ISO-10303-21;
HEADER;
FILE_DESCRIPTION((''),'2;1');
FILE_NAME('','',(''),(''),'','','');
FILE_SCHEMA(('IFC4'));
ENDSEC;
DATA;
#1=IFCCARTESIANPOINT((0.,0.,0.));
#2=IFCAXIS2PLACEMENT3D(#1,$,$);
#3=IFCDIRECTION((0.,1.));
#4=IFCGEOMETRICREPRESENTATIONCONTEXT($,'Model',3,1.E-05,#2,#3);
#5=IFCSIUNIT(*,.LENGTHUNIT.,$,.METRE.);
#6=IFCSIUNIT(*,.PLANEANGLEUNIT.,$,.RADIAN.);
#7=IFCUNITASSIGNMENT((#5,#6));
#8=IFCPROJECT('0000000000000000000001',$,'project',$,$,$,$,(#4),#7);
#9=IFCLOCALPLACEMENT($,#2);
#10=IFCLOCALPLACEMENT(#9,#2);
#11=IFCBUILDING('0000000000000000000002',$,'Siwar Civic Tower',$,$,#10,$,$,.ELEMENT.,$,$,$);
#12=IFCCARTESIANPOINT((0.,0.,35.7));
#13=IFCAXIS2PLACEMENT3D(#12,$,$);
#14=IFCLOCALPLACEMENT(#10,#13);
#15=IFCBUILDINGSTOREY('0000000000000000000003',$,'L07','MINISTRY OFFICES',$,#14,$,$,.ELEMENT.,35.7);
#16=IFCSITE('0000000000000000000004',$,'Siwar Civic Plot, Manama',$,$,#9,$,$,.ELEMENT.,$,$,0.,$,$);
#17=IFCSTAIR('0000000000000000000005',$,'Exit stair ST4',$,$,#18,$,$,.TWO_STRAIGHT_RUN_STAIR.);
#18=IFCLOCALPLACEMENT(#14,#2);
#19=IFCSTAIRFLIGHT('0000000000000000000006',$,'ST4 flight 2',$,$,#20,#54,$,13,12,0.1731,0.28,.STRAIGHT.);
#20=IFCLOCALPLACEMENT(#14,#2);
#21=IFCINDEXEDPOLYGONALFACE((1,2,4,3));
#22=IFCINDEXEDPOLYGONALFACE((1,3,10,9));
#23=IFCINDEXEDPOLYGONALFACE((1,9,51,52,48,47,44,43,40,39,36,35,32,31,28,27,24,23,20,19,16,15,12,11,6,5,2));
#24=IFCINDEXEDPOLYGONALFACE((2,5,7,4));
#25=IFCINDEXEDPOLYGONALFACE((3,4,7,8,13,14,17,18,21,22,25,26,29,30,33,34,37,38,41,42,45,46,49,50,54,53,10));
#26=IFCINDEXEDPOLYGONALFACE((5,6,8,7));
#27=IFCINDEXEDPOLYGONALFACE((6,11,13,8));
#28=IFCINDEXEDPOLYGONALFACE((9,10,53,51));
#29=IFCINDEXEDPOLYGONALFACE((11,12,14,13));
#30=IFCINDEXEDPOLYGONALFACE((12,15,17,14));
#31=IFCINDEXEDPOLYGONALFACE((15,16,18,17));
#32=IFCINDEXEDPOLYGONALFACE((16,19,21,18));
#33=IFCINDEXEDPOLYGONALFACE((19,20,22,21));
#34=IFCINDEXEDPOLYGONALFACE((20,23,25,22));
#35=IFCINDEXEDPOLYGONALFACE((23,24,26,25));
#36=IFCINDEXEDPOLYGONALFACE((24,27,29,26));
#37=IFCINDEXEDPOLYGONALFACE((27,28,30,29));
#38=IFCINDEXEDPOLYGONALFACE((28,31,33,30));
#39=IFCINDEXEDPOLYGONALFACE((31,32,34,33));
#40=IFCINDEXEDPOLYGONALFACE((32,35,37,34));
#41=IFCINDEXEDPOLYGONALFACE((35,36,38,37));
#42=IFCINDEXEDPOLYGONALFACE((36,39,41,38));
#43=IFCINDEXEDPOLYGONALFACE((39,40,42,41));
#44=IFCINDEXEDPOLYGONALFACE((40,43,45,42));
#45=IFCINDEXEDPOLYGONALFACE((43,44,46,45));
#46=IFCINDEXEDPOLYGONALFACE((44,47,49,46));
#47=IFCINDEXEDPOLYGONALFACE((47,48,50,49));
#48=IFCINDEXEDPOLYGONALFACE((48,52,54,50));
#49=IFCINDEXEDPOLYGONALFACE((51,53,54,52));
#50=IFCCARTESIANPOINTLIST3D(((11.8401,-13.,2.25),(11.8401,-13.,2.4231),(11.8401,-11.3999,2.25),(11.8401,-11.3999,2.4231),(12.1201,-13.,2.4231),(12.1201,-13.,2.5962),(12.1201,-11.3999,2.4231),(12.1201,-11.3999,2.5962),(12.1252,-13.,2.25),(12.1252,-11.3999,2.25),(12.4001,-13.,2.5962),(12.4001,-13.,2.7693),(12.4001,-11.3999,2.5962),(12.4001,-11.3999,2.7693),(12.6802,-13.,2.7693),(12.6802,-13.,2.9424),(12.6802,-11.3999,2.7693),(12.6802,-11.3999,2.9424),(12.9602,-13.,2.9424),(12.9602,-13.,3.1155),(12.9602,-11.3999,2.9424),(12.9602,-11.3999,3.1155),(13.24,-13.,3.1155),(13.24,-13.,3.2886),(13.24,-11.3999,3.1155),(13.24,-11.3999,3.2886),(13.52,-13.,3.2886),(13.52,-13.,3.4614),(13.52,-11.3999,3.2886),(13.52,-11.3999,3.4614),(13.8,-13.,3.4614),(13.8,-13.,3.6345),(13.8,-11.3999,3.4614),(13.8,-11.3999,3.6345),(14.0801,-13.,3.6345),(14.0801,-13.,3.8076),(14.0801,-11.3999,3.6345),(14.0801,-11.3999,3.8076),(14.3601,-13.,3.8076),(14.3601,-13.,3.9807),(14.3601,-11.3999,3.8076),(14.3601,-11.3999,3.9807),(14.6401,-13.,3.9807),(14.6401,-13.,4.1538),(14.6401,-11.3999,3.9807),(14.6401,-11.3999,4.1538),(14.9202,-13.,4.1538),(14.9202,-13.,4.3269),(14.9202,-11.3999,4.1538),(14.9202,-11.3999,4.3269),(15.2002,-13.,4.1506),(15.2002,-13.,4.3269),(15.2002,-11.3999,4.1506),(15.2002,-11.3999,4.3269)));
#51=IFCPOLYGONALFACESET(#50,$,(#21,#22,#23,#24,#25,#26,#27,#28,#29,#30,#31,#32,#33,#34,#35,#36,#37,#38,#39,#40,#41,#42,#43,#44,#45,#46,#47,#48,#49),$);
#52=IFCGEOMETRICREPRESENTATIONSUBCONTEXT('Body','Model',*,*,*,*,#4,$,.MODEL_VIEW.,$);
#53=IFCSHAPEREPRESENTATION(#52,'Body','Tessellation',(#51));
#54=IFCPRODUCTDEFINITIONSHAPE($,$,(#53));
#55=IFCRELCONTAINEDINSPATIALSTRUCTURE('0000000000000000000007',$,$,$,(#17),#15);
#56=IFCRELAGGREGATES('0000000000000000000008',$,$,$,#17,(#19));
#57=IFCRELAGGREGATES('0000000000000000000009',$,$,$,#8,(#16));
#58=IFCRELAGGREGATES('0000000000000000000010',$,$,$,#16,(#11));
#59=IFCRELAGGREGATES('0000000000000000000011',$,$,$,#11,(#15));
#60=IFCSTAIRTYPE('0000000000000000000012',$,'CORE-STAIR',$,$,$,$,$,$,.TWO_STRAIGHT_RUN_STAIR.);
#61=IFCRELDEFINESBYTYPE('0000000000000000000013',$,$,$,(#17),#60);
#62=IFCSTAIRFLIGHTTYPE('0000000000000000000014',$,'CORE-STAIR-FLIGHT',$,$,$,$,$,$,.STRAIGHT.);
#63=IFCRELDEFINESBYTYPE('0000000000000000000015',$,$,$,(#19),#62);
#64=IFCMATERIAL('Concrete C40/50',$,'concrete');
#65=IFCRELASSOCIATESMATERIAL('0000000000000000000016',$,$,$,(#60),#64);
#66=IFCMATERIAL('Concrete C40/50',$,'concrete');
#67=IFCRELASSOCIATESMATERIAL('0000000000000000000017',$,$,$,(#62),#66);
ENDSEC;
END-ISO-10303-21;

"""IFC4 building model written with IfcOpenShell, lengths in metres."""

from ifc_helpers import new_model, si_unit, direction, frame, origin, place, context, subcontext, project, spatial, polyline, outline, extrude, material, type_object, element, aggregate, save


model = new_model("IFC4")

# Units and contexts
model_context = context("Model", 3, precision=1e-05, world=origin(), true_north=direction((0.0, 1.0)))
body_context = subcontext(model_context, "Body", "Model", "MODEL_VIEW")
ifc_project = project(units=[si_unit("LENGTHUNIT", "METRE"), si_unit("PLANEANGLEUNIT", "RADIAN")], contexts=[model_context])

# Site, building, storey
site_placement = place(None, origin())
site = spatial("IfcSite", under=ifc_project, at=site_placement, Name="Siwar Civic Plot, Manama", CompositionType="ELEMENT", RefElevation=0.0)
building_placement = place(site_placement, origin())
building = spatial("IfcBuilding", under=site, at=building_placement, Name="Siwar Civic Tower", CompositionType="ELEMENT")
storey_placement = place(building_placement, frame((0.0, 0.0, 35.7)))
storey = spatial("IfcBuildingStorey", under=building, at=storey_placement, Name="L07", Description="MINISTRY OFFICES", CompositionType="ELEMENT", Elevation=35.7)

# Stair, stair flight
ifc_material_1 = material(Name="Concrete C40/50", Category="concrete")
stair_type = type_object("IfcStairType", Name="CORE-STAIR", PredefinedType="TWO_STRAIGHT_RUN_STAIR", material=ifc_material_1)
stair_placement = place(storey_placement, origin())
stair = element("IfcStair", 1, at=stair_placement, inside=storey, type_object=stair_type, Name="Exit stair ST4", PredefinedType="TWO_STRAIGHT_RUN_STAIR")
ifc_material_2 = material(Name="Concrete C40/50", Category="concrete")
stair_flight_type = type_object("IfcStairFlightType", Name="CORE-STAIR-FLIGHT", PredefinedType="STRAIGHT", material=ifc_material_2)
stair_flight_placement = place(storey_placement, frame((11.8401, -12.2, 2.25), z_axis=(0.0, 0.0, 1.0), x_axis=(1.0, 0.0, 0.0)))
stair_flight = element("IfcStairFlight", 2, at=stair_flight_placement, type_object=stair_flight_type, Name="ST4 flight 2", NumberOfRisers=13, NumberOfTreads=12, PredefinedType="STRAIGHT", RiserHeight=0.1731, TreadLength=0.28, context=body_context, shape_type="SweptSolid", body=[
    extrude(outline(polyline([(0.0, 0.0), (0.0, 0.1731), (0.28, 0.1731), (0.28, 0.3462), (0.5601, 0.3462), (0.5601, 0.5193), (0.8401, 0.5193), (0.8401, 0.6924), (1.1201, 0.6924), (1.1201, 0.8655), (1.3999, 0.8655), (1.3999, 1.0386), (1.6799, 1.0386), (1.6799, 1.2114), (1.96, 1.2114), (1.96, 1.3845), (2.24, 1.3845), (2.24, 1.5576), (2.52, 1.5576), (2.52, 1.7307), (2.8, 1.7307), (2.8, 1.9038), (3.0801, 1.9038), (3.0801, 2.0769), (3.3601, 2.0769), (3.3601, 2.25), (3.3601, 1.9006), (0.2852, 0.0), (0.0, 0.0)])), frame((0.0, 0.8, 0.0), z_axis=(0.0, -1.0, 0.0), x_axis=(1.0, 0.0, 0.0)), (0.0, 0.0, 1.0), 1.6001),
])
aggregate(stair, [stair_flight])

save(model, "model.ifc")
